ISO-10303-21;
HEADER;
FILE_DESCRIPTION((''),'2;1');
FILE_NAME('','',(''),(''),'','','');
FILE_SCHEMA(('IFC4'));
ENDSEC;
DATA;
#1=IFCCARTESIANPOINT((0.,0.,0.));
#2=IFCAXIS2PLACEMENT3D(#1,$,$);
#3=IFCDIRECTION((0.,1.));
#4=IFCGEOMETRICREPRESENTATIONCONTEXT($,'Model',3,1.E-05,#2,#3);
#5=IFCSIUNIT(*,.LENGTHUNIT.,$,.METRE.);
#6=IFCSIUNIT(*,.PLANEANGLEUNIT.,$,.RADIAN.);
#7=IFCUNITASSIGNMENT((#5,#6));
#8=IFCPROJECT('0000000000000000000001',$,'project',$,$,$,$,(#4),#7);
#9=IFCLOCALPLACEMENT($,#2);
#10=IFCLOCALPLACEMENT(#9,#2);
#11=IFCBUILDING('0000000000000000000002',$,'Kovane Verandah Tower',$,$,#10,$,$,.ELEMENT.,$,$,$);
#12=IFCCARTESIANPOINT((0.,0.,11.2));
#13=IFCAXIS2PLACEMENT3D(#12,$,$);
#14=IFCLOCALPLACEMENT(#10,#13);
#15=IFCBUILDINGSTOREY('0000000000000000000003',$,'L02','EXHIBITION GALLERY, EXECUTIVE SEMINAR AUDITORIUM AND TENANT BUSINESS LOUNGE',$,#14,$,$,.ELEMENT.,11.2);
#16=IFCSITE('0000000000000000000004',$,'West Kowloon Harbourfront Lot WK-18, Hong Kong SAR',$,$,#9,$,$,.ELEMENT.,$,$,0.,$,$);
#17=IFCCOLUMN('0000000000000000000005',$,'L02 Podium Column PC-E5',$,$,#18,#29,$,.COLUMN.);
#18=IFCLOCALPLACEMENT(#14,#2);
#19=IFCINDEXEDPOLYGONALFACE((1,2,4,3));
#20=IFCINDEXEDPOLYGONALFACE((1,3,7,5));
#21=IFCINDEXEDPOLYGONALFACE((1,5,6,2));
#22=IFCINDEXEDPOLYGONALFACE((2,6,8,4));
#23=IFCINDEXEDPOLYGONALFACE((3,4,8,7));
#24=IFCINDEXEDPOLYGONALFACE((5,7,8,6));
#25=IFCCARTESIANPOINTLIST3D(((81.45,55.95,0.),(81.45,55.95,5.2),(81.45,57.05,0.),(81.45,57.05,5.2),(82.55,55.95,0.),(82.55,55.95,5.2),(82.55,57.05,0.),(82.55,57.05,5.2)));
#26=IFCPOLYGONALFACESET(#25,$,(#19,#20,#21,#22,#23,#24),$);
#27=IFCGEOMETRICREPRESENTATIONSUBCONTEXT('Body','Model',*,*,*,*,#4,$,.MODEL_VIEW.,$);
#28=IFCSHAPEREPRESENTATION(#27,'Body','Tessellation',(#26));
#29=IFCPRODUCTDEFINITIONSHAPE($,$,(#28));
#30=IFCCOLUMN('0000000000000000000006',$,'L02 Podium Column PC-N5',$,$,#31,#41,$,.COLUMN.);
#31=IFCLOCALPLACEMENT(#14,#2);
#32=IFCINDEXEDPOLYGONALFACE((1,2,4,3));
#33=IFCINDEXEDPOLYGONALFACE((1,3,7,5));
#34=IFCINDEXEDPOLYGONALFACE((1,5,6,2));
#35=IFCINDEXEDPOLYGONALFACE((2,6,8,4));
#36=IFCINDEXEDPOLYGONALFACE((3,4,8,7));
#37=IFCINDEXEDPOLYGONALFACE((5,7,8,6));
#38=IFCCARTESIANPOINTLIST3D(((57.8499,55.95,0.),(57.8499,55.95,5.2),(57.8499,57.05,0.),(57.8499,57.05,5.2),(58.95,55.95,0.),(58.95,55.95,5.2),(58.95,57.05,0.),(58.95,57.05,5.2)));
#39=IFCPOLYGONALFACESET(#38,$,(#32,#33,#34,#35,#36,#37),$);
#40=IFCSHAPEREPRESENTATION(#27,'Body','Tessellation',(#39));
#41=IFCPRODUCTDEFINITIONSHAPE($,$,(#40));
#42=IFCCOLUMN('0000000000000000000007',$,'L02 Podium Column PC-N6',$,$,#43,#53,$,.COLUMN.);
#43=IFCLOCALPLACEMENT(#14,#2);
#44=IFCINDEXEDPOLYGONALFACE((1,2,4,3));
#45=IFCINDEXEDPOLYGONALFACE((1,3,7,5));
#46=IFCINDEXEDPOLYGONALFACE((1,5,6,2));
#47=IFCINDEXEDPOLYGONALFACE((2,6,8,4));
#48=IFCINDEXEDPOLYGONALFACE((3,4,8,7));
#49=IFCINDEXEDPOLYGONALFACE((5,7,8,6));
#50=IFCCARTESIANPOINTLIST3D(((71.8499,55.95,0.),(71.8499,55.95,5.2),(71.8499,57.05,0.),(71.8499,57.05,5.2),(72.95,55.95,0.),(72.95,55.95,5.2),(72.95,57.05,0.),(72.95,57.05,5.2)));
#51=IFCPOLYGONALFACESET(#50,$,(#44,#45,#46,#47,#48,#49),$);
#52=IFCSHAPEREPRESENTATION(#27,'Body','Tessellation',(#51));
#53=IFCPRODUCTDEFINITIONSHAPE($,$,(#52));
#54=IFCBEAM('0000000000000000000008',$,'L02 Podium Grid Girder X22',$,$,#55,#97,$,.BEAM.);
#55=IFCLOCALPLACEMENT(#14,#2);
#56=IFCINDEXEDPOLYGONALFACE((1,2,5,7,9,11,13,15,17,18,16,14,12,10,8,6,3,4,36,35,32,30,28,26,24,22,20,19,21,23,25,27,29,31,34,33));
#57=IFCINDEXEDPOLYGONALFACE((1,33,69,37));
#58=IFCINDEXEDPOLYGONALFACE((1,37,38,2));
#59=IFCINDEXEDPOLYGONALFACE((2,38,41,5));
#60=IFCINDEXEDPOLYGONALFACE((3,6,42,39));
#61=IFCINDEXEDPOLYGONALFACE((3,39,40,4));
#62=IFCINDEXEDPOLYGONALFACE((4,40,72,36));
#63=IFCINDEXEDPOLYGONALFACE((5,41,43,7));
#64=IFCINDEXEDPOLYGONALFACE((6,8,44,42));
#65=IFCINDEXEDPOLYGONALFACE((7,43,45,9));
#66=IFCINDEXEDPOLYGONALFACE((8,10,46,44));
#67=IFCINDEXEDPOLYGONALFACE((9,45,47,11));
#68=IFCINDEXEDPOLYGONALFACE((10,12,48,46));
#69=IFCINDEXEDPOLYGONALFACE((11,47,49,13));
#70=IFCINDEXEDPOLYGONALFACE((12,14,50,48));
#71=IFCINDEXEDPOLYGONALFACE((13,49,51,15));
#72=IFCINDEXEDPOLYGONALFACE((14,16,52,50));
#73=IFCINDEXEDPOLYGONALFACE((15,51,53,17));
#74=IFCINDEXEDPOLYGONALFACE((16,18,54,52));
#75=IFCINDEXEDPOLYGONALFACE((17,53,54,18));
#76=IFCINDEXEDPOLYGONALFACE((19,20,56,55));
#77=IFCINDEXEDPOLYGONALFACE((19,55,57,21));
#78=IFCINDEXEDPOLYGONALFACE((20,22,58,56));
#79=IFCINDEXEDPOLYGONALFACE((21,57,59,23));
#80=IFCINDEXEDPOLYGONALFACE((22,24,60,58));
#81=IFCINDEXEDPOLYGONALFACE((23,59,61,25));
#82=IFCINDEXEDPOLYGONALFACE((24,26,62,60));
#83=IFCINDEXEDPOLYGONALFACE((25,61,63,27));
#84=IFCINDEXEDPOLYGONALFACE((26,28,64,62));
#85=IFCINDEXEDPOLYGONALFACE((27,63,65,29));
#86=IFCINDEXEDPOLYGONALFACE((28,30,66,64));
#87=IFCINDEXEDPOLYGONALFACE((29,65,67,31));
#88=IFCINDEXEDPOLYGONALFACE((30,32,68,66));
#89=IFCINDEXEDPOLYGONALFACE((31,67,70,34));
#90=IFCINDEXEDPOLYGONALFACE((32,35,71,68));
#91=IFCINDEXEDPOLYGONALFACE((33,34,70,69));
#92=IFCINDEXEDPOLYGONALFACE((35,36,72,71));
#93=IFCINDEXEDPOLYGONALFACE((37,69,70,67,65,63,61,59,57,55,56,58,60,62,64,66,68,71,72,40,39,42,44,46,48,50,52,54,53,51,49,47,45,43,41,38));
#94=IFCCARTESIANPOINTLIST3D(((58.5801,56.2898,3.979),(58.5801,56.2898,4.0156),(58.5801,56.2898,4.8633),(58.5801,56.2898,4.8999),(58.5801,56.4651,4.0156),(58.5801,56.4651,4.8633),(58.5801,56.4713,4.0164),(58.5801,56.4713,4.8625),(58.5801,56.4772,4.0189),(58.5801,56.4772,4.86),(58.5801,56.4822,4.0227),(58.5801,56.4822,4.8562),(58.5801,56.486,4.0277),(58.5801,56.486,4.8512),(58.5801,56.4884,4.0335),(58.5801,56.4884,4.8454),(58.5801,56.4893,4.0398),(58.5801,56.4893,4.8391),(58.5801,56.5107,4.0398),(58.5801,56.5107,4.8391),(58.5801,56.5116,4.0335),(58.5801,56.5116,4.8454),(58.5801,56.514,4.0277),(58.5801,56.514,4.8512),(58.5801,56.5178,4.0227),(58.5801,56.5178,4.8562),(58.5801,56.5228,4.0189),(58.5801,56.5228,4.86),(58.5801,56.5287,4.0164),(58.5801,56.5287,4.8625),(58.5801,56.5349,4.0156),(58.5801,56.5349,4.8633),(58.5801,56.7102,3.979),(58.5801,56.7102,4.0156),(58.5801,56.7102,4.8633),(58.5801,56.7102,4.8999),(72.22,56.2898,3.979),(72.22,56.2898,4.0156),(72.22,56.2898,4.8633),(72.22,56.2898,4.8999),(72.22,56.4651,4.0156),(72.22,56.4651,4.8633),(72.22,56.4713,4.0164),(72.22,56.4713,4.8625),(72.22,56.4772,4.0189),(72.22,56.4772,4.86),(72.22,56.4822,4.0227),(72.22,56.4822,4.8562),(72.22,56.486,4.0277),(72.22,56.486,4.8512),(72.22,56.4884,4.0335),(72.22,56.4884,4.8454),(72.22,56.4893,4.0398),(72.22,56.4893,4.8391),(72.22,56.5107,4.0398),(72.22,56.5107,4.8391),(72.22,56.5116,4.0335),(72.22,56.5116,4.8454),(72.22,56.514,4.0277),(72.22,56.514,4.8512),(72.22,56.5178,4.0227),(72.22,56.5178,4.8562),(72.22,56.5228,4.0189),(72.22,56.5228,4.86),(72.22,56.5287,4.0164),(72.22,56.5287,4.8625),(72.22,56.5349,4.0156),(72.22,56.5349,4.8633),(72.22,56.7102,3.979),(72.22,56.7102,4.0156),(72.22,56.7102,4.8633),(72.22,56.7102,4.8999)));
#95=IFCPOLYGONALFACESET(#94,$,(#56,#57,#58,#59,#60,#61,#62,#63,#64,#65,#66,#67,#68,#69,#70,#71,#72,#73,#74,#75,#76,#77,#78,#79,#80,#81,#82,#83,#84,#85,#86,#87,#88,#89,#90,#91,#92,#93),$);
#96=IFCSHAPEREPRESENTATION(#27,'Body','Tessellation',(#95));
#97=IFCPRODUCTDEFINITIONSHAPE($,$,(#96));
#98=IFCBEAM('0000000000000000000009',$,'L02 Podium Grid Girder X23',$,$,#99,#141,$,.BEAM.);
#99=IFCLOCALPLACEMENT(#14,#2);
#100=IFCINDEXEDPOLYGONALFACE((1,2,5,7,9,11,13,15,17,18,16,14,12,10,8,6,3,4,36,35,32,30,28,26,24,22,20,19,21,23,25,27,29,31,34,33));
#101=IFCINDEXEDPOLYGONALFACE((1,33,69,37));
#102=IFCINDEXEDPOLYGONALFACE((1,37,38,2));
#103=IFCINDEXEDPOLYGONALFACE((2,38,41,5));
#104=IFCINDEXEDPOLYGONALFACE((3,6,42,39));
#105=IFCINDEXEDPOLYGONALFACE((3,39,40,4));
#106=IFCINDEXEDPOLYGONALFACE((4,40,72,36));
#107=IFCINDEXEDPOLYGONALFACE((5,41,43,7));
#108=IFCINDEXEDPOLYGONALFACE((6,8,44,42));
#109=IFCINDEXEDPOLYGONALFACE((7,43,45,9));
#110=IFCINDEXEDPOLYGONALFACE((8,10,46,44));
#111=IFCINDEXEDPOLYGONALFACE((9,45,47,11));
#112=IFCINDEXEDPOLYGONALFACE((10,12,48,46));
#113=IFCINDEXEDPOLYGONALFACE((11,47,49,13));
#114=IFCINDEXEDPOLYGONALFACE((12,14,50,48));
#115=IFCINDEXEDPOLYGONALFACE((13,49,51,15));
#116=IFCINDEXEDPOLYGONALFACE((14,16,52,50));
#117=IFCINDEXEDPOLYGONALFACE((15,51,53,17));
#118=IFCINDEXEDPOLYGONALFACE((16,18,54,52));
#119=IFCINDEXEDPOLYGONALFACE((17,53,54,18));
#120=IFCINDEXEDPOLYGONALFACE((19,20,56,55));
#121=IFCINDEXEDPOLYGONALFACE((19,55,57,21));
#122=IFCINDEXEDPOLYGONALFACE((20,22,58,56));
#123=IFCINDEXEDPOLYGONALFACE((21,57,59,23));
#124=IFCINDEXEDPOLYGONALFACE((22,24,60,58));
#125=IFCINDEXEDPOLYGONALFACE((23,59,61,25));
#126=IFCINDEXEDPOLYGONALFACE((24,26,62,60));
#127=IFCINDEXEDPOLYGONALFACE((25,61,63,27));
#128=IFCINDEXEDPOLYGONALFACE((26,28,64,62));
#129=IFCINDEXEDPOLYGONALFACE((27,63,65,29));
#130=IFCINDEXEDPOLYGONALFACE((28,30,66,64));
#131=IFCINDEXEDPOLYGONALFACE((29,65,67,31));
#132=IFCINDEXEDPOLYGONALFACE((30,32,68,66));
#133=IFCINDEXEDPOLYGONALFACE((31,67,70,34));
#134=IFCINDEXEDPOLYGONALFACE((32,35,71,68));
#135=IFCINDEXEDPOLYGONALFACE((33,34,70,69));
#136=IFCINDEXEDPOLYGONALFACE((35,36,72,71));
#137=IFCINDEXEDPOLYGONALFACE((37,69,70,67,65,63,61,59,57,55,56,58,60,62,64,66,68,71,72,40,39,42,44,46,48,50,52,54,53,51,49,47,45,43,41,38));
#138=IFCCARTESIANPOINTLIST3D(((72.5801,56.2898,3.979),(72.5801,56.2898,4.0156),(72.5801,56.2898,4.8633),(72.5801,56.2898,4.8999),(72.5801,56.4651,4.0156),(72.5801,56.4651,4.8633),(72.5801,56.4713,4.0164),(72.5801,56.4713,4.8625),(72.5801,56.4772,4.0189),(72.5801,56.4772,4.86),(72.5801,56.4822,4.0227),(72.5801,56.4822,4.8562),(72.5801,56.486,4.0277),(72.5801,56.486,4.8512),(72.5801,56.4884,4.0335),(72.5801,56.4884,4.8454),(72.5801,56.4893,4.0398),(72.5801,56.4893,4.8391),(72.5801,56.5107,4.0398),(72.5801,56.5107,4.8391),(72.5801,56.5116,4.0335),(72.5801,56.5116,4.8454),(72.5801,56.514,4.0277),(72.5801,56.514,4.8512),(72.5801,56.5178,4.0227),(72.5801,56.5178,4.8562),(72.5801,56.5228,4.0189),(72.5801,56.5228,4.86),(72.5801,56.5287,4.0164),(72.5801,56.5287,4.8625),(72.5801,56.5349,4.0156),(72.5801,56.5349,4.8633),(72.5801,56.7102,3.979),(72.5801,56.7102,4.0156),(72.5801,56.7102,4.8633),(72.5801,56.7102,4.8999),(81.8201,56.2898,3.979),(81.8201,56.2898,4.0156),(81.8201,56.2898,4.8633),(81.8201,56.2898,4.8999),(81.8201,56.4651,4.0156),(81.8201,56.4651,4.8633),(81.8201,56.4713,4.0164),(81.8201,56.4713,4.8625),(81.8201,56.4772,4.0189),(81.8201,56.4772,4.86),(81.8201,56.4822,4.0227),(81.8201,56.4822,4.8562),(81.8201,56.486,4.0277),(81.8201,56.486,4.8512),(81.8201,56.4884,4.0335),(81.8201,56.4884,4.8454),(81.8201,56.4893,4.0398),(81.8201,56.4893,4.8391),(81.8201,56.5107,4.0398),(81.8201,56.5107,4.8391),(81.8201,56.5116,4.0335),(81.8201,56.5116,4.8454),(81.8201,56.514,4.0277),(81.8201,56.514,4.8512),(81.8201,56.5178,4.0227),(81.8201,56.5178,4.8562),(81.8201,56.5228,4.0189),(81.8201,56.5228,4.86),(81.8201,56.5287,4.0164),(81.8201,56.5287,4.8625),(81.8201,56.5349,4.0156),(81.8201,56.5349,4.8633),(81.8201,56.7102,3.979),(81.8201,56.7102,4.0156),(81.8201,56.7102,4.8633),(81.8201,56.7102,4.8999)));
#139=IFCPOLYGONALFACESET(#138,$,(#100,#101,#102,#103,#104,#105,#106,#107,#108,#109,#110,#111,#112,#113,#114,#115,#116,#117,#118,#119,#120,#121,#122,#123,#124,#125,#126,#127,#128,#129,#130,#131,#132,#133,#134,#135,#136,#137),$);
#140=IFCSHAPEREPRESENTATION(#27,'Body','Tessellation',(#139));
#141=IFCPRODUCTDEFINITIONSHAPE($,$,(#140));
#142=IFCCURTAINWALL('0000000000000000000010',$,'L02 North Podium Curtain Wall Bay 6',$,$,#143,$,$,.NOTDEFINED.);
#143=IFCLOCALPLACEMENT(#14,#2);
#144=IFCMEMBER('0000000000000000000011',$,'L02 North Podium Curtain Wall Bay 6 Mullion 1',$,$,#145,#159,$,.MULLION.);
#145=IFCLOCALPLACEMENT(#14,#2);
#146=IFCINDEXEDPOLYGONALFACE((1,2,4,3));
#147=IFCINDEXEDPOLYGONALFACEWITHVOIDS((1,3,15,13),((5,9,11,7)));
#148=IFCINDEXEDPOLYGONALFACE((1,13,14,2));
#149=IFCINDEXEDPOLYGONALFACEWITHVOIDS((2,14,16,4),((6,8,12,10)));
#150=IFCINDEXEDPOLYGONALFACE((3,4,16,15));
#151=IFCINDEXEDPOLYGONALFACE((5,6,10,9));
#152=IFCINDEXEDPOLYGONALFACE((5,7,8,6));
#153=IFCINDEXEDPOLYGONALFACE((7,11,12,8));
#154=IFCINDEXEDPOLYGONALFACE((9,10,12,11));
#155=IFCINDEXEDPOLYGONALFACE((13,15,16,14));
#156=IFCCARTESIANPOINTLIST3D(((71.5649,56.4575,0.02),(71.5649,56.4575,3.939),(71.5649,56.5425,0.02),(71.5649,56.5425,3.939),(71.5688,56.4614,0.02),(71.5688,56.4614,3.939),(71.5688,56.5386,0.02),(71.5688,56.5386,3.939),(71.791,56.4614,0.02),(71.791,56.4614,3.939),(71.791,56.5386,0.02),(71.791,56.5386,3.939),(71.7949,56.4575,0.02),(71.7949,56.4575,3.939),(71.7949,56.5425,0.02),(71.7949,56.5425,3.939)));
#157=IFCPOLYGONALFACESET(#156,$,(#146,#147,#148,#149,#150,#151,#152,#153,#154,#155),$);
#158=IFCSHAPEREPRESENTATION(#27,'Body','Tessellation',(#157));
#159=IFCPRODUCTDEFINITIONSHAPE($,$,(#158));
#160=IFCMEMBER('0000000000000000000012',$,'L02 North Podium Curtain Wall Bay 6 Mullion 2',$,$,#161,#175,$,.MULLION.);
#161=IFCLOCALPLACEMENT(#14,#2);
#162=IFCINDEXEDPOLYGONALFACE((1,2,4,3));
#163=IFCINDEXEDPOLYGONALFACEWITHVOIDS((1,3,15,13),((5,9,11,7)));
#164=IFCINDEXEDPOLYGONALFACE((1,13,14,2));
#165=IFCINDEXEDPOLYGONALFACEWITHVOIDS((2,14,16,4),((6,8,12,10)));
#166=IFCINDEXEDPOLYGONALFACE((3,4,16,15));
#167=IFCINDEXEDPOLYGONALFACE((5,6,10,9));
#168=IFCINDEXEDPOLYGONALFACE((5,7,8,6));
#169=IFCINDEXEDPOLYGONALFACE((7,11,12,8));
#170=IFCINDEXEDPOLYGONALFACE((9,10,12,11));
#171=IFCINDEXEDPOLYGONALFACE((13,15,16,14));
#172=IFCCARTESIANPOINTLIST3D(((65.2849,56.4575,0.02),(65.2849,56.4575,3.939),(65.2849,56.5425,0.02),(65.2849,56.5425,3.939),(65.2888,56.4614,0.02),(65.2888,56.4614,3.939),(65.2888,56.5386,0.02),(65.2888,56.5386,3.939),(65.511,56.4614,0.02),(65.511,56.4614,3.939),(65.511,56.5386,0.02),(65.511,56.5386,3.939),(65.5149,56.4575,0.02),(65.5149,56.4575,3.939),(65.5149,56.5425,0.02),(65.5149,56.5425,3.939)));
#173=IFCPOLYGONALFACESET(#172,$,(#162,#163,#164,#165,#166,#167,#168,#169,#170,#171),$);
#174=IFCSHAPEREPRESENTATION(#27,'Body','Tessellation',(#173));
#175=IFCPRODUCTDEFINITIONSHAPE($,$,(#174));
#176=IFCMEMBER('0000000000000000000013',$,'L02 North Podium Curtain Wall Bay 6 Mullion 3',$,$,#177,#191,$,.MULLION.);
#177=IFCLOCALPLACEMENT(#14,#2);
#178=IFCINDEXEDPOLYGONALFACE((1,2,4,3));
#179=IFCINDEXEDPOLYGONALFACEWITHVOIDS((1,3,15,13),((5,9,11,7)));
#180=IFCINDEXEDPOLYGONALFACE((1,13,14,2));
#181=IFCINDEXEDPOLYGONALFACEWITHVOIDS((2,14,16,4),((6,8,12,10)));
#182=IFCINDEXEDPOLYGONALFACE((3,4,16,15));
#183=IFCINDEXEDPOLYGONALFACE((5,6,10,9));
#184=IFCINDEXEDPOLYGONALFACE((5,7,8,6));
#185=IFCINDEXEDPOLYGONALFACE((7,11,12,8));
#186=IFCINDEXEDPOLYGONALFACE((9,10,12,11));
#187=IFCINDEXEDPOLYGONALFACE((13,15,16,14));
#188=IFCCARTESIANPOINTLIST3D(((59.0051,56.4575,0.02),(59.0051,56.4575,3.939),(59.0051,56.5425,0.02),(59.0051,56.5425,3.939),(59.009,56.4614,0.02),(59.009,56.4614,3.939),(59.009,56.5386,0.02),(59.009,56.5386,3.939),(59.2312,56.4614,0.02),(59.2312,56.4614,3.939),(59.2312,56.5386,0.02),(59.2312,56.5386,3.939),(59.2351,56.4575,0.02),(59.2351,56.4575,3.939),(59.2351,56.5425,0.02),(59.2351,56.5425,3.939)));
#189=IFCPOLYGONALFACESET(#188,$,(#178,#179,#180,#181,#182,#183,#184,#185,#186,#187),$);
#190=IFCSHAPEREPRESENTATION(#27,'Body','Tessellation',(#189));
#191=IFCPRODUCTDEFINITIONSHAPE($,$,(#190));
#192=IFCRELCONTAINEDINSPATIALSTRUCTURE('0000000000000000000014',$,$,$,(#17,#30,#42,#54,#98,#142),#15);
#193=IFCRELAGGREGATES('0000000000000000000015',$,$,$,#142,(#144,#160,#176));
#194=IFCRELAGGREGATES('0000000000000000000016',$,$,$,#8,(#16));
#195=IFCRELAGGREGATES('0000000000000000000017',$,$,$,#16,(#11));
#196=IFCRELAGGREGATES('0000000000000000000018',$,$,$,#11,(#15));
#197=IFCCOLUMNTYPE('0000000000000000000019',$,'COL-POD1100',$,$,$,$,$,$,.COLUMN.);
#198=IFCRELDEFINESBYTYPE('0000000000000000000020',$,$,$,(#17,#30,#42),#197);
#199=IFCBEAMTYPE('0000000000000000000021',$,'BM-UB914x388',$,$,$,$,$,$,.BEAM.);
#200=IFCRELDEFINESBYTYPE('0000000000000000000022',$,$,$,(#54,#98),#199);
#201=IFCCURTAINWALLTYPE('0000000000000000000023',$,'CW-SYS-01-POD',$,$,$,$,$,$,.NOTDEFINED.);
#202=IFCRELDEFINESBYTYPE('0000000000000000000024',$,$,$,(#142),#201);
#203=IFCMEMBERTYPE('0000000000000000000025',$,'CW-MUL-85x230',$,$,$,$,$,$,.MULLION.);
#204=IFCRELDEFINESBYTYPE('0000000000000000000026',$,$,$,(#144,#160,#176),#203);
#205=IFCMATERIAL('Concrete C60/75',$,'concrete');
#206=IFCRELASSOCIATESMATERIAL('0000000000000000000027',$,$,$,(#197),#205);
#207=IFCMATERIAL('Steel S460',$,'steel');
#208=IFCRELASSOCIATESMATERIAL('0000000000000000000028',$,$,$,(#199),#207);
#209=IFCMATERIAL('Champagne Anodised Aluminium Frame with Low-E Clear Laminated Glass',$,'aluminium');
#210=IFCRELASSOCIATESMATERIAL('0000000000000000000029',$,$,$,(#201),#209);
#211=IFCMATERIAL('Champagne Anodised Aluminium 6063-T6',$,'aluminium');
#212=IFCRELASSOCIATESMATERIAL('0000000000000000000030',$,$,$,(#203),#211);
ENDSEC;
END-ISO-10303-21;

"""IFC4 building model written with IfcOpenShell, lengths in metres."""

from ifc_helpers import new_model, si_unit, direction, frame, origin, origin_2d, place, context, subcontext, project, spatial, rectangle, hollow_rectangle, i_section, extrude, material, material_profile, profile_set, type_object, element, aggregate, save


model = new_model("IFC4")

# Units and contexts
model_context = context("Model", 3, precision=1e-05, world=origin(), true_north=direction((0.0, 1.0)))
body_context = subcontext(model_context, "Body", "Model", "MODEL_VIEW")
ifc_project = project(units=[si_unit("LENGTHUNIT", "METRE"), si_unit("PLANEANGLEUNIT", "RADIAN")], contexts=[model_context])

# Site, building, storey
site_placement = place(None, origin())
site = spatial("IfcSite", under=ifc_project, at=site_placement, Name="West Kowloon Harbourfront Lot WK-18, Hong Kong SAR", CompositionType="ELEMENT", RefElevation=0.0)
building_placement = place(site_placement, origin())
building = spatial("IfcBuilding", under=site, at=building_placement, Name="Kovane Verandah Tower", CompositionType="ELEMENT")
storey_placement = place(building_placement, frame((0.0, 0.0, 11.2)))
storey = spatial("IfcBuildingStorey", under=building, at=storey_placement, Name="L02", Description="EXHIBITION GALLERY, EXECUTIVE SEMINAR AUDITORIUM AND TENANT BUSINESS LOUNGE", CompositionType="ELEMENT", Elevation=11.2)

# Columns
ifc_material_1 = material(Name="Concrete C60/75", Category="concrete")
ifc_material_profile_1 = material_profile(ifc_material_1, rectangle(XDim=1.1001, YDim=1.1001, at=origin_2d()), Name="RC1100x1100")
ifc_profile_set_1 = profile_set([ifc_material_profile_1], Name="Concrete C60/75")
column_type = type_object("IfcColumnType", Name="COL-POD1100", PredefinedType="COLUMN", material=ifc_profile_set_1)
for number, where, z_axis, x_axis, name in (
    (1, (82.0, 56.5, 0.0), (0.0, 0.0, 1.0), (1.0, 0.0, 0.0), "L02 Podium Column PC-E5"),
    (2, (58.3999, 56.5, 0.0), (0.0, 0.0, 1.0), (1.0, 0.0, 0.0), "L02 Podium Column PC-N5"),
    (3, (72.3999, 56.5, 0.0), (0.0, 0.0, 1.0), (1.0, 0.0, 0.0), "L02 Podium Column PC-N6"),
):
    element("IfcColumn", number, at=place(storey_placement, frame(where, z_axis=z_axis, x_axis=x_axis)), inside=storey, type_object=column_type, Name=name, PredefinedType="COLUMN", context=body_context, shape_type="SweptSolid", body=[
        extrude(rectangle(XDim=1.1001, YDim=1.1001, at=origin_2d()), origin(), (0.0, 0.0, 1.0), 5.2),
    ])

# Beams
ifc_material_2 = material(Name="Steel S460", Category="steel")
ifc_material_profile_2 = material_profile(ifc_material_2, i_section(OverallWidth=0.4204, OverallDepth=0.9209, WebThickness=0.0215, FlangeThickness=0.0366, FilletRadius=0.0242, at=origin_2d()), Name="UB914x419x388")
ifc_profile_set_2 = profile_set([ifc_material_profile_2], Name="Steel S460")
beam_type_1 = type_object("IfcBeamType", Name="BM-UB914x388", PredefinedType="BEAM", material=ifc_profile_set_2)
beam_1_placement = place(storey_placement, frame((58.5801, 56.5, 4.4395), z_axis=(1.0, 0.0, 0.0), x_axis=(0.0, 1.0, 0.0)))
element("IfcBeam", 4, at=beam_1_placement, inside=storey, type_object=beam_type_1, Name="L02 Podium Grid Girder X22", PredefinedType="BEAM", context=body_context, shape_type="SweptSolid", body=[
    extrude(i_section(OverallWidth=0.4204, OverallDepth=0.9209, WebThickness=0.0215, FlangeThickness=0.0366, FilletRadius=0.0242, at=origin_2d()), origin(), (0.0, 0.0, 1.0), 13.6399),
])
beam_2_placement = place(storey_placement, frame((72.5801, 56.5, 4.4395), z_axis=(1.0, 0.0, 0.0), x_axis=(0.0, 1.0, 0.0)))
element("IfcBeam", 5, at=beam_2_placement, inside=storey, type_object=beam_type_1, Name="L02 Podium Grid Girder X23", PredefinedType="BEAM", context=body_context, shape_type="SweptSolid", body=[
    extrude(i_section(OverallWidth=0.4204, OverallDepth=0.9209, WebThickness=0.0215, FlangeThickness=0.0366, FilletRadius=0.0242, at=origin_2d()), origin(), (0.0, 0.0, 1.0), 9.24),
])

# Curtain wall, members
ifc_material_3 = material(Name="Champagne Anodised Aluminium Frame with Low-E Clear Laminated Glass", Category="aluminium")
curtain_wall_type = type_object("IfcCurtainWallType", Name="CW-SYS-01-POD", PredefinedType="NOTDEFINED", material=ifc_material_3)
curtain_wall_1_placement = place(storey_placement, origin())
curtain_wall_1 = element("IfcCurtainWall", 6, at=curtain_wall_1_placement, inside=storey, type_object=curtain_wall_type, Name="L02 North Podium Curtain Wall Bay 6", PredefinedType="NOTDEFINED")
ifc_material_4 = material(Name="Champagne Anodised Aluminium 6063-T6", Category="aluminium")
ifc_material_profile_3 = material_profile(ifc_material_4, hollow_rectangle(XDim=0.085, YDim=0.23, WallThickness=0.0039, at=origin_2d()), Name="AL85x230x4")
ifc_profile_set_3 = profile_set([ifc_material_profile_3], Name="Champagne Anodised Aluminium 6063-T6")
member_type_1 = type_object("IfcMemberType", Name="CW-MUL-85x230", PredefinedType="MULLION", material=ifc_profile_set_3)
member_1_placement = place(storey_placement, frame((71.6799, 56.5, 0.02), z_axis=(0.0, 0.0, 1.0), x_axis=(0.0, 1.0, 0.0)))
member_1 = element("IfcMember", 7, at=member_1_placement, type_object=member_type_1, Name="L02 North Podium Curtain Wall Bay 6 Mullion 1", PredefinedType="MULLION", context=body_context, shape_type="SweptSolid", body=[
    extrude(hollow_rectangle(XDim=0.085, YDim=0.23, WallThickness=0.0039, at=origin_2d()), origin(), (0.0, 0.0, 1.0), 3.9189),
])
member_2_placement = place(storey_placement, frame((65.3999, 56.5, 0.02), z_axis=(0.0, 0.0, 1.0), x_axis=(0.0, 1.0, 0.0)))
member_2 = element("IfcMember", 8, at=member_2_placement, type_object=member_type_1, Name="L02 North Podium Curtain Wall Bay 6 Mullion 2", PredefinedType="MULLION", context=body_context, shape_type="SweptSolid", body=[
    extrude(hollow_rectangle(XDim=0.085, YDim=0.23, WallThickness=0.0039, at=origin_2d()), origin(), (0.0, 0.0, 1.0), 3.9189),
])
member_3_placement = place(storey_placement, frame((59.1201, 56.5, 0.02), z_axis=(0.0, 0.0, 1.0), x_axis=(0.0, 1.0, 0.0)))
member_3 = element("IfcMember", 9, at=member_3_placement, type_object=member_type_1, Name="L02 North Podium Curtain Wall Bay 6 Mullion 3", PredefinedType="MULLION", context=body_context, shape_type="SweptSolid", body=[
    extrude(hollow_rectangle(XDim=0.085, YDim=0.23, WallThickness=0.0039, at=origin_2d()), origin(), (0.0, 0.0, 1.0), 3.9189),
])

aggregate(curtain_wall_1, [member_1, member_2, member_3])

save(model, "model.ifc")
